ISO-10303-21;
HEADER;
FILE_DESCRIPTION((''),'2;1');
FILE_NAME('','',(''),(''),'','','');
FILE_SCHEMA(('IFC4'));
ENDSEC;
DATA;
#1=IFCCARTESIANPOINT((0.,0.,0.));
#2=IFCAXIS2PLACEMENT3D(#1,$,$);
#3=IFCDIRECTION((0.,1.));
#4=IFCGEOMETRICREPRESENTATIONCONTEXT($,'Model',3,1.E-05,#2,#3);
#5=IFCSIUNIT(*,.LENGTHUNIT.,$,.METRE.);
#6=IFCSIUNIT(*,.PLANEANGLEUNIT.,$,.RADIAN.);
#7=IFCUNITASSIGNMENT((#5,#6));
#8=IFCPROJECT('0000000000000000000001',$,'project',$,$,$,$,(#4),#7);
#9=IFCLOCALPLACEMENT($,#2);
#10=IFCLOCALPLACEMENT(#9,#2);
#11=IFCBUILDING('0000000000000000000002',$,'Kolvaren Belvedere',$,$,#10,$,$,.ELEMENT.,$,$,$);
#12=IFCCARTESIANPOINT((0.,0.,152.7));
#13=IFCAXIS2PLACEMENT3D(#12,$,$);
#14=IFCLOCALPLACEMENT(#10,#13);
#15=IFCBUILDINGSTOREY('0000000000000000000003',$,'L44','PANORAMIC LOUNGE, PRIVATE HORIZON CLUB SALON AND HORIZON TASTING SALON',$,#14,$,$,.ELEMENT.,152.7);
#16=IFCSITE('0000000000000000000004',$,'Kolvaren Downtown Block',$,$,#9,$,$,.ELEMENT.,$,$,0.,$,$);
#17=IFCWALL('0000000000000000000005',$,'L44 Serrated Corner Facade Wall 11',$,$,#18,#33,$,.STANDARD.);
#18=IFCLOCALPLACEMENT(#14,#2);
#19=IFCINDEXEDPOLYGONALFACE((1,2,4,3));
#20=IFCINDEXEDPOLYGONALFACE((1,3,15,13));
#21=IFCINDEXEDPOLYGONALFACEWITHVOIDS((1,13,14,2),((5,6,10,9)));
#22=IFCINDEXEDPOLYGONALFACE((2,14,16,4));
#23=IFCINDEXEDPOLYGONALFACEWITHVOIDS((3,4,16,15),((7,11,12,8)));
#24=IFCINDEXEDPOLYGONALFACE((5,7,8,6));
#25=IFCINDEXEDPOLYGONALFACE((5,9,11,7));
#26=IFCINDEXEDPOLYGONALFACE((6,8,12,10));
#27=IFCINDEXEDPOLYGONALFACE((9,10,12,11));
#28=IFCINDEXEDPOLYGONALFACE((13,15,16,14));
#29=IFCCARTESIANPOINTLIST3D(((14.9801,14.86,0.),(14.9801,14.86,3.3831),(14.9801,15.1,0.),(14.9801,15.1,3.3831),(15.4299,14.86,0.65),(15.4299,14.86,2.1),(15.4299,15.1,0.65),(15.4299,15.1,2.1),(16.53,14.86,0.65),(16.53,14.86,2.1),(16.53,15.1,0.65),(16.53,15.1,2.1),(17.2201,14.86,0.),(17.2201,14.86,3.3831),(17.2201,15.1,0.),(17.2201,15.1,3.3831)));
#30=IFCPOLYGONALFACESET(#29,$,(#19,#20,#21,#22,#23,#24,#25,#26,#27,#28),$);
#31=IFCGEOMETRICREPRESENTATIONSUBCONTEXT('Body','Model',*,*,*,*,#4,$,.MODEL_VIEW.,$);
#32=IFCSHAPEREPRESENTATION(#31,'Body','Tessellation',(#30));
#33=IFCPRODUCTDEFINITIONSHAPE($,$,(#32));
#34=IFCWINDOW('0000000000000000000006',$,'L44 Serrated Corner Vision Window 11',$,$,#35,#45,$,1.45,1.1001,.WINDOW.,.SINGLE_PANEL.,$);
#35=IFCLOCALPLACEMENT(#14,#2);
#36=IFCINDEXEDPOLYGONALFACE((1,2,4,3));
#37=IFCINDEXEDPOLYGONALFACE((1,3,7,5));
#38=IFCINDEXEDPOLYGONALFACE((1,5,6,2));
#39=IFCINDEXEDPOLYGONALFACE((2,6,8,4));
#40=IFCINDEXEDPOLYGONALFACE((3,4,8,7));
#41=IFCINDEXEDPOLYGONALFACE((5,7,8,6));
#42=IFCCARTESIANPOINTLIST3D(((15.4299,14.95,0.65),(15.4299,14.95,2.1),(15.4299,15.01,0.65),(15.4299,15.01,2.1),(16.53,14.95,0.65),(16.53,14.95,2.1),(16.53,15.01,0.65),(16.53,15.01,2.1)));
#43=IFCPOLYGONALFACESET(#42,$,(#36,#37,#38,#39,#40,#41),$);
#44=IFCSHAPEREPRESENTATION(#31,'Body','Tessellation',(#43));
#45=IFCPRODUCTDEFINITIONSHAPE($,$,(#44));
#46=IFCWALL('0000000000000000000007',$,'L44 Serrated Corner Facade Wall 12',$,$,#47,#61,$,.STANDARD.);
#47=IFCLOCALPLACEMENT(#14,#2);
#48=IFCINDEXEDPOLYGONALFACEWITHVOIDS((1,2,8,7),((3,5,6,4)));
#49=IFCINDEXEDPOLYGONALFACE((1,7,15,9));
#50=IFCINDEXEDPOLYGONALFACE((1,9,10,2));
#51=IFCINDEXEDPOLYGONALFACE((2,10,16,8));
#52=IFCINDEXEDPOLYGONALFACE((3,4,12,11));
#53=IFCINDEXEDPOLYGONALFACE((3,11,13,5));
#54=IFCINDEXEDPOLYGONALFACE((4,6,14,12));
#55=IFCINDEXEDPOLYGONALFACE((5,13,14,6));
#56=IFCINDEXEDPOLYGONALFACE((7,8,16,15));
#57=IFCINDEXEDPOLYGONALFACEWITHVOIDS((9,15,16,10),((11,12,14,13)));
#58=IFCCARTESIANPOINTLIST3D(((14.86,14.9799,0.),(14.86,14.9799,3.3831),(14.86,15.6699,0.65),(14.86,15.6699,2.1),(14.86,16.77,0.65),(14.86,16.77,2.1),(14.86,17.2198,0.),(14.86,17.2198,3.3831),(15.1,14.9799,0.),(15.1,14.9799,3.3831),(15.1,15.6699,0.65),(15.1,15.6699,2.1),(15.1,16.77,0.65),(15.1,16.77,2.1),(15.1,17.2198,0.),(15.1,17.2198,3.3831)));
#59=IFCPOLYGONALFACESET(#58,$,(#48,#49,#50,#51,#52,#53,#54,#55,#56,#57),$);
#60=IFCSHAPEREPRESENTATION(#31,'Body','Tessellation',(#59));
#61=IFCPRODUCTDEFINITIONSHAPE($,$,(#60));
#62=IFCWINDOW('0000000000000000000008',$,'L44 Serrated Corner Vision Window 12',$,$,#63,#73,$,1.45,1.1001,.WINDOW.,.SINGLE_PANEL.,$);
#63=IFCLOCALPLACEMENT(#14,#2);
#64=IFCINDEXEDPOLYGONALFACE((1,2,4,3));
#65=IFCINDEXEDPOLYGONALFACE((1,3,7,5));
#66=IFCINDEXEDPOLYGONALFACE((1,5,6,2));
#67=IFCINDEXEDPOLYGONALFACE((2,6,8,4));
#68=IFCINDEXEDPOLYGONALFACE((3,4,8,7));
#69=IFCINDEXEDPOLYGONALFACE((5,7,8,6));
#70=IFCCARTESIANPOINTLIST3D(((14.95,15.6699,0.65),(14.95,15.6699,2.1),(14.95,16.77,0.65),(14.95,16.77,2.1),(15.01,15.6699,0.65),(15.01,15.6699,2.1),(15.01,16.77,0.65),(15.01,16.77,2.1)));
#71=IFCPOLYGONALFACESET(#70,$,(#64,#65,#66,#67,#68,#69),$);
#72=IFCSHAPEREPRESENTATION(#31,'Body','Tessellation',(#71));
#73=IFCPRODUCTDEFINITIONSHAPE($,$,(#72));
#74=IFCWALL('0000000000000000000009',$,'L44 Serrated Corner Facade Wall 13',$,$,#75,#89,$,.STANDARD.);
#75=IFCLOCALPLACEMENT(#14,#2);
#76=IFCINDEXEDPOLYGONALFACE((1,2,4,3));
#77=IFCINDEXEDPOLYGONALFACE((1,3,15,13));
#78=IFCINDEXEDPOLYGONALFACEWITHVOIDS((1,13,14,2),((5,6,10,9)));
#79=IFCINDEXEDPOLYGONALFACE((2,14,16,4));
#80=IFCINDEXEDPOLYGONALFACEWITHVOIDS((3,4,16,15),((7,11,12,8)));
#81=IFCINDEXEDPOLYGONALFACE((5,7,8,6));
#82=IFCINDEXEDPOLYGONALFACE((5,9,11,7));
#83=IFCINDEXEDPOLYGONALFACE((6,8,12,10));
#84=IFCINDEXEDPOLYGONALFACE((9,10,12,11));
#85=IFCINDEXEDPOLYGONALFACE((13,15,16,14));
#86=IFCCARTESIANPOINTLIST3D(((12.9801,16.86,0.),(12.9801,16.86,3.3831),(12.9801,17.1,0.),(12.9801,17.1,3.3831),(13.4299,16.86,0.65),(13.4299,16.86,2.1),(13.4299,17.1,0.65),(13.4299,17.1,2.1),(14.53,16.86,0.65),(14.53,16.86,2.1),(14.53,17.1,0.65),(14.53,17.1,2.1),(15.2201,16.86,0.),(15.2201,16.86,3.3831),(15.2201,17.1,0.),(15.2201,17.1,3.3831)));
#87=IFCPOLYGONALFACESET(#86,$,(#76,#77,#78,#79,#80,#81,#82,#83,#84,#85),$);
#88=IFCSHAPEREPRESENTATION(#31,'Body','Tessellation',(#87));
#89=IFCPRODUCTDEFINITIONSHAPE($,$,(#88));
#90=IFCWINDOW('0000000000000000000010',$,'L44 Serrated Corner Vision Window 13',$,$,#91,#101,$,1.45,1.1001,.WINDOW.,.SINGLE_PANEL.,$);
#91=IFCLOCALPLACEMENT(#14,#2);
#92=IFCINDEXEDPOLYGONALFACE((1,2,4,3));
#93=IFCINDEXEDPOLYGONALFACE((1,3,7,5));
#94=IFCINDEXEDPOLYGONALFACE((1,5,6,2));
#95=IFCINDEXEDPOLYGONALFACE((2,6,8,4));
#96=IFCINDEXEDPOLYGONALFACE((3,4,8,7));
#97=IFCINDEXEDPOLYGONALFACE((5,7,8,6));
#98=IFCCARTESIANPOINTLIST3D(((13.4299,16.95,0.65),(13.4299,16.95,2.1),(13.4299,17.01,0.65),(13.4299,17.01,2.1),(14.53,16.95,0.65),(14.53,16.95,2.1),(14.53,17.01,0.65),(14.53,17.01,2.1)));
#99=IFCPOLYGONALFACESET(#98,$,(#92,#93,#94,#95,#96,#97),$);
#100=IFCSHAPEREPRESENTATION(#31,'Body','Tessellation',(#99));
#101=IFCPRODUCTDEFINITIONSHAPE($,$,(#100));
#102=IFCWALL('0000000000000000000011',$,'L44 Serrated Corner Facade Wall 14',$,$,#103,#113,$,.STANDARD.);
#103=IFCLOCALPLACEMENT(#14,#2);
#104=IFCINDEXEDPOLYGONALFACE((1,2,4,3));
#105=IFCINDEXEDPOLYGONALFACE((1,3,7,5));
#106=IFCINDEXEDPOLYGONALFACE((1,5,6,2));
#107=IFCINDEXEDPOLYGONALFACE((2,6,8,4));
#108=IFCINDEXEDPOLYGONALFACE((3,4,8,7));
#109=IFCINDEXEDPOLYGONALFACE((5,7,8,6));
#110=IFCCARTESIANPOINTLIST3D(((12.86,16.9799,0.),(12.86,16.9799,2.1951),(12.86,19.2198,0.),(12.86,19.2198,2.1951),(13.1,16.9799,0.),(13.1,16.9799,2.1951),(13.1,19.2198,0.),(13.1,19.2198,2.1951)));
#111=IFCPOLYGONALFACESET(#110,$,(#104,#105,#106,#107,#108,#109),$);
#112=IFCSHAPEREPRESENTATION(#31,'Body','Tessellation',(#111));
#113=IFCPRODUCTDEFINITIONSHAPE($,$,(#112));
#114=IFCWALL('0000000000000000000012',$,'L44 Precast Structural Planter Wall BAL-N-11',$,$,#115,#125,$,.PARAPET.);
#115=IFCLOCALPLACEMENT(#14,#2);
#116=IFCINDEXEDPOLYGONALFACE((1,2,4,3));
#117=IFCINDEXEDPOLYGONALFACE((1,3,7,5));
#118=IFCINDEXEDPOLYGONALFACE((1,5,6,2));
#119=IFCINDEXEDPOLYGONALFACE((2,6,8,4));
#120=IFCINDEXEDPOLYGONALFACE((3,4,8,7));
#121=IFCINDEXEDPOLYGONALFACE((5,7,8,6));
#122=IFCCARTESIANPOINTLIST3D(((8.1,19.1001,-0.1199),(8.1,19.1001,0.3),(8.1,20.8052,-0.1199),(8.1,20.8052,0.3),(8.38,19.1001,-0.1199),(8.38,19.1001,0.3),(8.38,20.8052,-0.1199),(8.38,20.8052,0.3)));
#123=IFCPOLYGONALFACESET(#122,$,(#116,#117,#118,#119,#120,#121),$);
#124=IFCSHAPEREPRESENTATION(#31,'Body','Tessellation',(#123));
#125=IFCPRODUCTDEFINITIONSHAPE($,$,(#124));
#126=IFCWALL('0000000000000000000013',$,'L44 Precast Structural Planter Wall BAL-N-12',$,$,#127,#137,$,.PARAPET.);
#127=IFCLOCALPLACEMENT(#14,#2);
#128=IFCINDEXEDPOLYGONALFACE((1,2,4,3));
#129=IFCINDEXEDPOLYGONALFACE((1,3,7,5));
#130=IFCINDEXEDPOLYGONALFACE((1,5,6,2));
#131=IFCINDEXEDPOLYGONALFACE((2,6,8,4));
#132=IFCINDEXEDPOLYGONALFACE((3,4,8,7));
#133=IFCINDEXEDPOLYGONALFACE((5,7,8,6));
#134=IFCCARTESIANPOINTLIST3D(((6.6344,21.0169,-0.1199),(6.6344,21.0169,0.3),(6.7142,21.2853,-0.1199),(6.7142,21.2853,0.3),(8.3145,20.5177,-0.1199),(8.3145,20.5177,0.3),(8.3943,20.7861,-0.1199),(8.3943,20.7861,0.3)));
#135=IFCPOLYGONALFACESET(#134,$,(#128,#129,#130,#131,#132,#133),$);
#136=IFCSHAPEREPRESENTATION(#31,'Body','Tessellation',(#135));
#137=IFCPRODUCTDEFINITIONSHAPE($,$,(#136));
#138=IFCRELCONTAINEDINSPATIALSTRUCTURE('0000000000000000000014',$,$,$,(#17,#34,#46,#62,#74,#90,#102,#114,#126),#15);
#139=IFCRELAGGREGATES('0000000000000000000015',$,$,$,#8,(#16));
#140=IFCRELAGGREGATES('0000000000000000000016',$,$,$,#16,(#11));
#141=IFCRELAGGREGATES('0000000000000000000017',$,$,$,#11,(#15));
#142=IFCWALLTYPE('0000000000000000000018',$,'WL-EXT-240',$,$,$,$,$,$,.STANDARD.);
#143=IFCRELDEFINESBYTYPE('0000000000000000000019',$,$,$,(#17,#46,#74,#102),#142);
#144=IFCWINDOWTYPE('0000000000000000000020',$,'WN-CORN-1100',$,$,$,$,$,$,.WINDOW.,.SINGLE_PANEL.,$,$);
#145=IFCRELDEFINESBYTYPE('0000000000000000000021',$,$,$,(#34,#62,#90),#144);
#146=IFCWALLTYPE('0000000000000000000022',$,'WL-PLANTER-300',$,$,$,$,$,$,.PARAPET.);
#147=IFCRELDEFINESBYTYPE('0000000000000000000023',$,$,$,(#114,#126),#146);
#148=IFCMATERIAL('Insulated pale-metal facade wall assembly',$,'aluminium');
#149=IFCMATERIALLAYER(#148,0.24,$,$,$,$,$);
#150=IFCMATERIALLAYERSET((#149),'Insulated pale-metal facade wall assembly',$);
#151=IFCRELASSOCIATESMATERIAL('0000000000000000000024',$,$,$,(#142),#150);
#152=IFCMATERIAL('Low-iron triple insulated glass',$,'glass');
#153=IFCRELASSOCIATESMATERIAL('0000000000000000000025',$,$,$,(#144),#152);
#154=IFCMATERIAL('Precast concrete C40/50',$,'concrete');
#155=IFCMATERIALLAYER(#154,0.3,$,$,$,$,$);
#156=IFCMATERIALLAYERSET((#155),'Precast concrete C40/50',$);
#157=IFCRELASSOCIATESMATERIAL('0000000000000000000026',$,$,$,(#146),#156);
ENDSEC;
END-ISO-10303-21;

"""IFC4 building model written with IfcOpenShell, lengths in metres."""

from ifc_helpers import new_model, si_unit, direction, frame, frame_2d, origin, place, context, subcontext, project, spatial, rectangle, extrude, material, layer, layer_set, type_object, element, fill, save


model = new_model("IFC4")

# Units and contexts
model_context = context("Model", 3, precision=1e-05, world=origin(), true_north=direction((0.0, 1.0)))
body_context = subcontext(model_context, "Body", "Model", "MODEL_VIEW")
ifc_project = project(units=[si_unit("LENGTHUNIT", "METRE"), si_unit("PLANEANGLEUNIT", "RADIAN")], contexts=[model_context])

# Site, building, storey
site_placement = place(None, origin())
site = spatial("IfcSite", under=ifc_project, at=site_placement, Name="Kolvaren Downtown Block", CompositionType="ELEMENT", RefElevation=0.0)
building_placement = place(site_placement, origin())
building = spatial("IfcBuilding", under=site, at=building_placement, Name="Kolvaren Belvedere", CompositionType="ELEMENT")
storey_placement = place(building_placement, frame((0.0, 0.0, 152.7)))
storey = spatial("IfcBuildingStorey", under=building, at=storey_placement, Name="L44", Description="PANORAMIC LOUNGE, PRIVATE HORIZON CLUB SALON AND HORIZON TASTING SALON", CompositionType="ELEMENT", Elevation=152.7)

# Shared definitions
ifc_material_1 = material(Name="Insulated pale-metal facade wall assembly", Category="aluminium")
ifc_layer_1 = layer(ifc_material_1, 0.24)
ifc_layer_set_1 = layer_set([ifc_layer_1], Name="Insulated pale-metal facade wall assembly")
wall_type_1 = type_object("IfcWallType", Name="WL-EXT-240", PredefinedType="STANDARD", material=ifc_layer_set_1)

# Walls, openings, windows
ifc_material_2 = material(Name="Low-iron triple insulated glass", Category="glass")
window_type = type_object("IfcWindowType", Name="WN-CORN-1100", PartitioningType="SINGLE_PANEL", PredefinedType="WINDOW", material=ifc_material_2)
wall_1_placement = place(storey_placement, frame((14.98, 14.98, 0.0), z_axis=(0.0, 0.0, 1.0), x_axis=(1.0, 0.0, 0.0)))
wall_1 = element("IfcWall", 1, at=wall_1_placement, inside=storey, type_object=wall_type_1, Name="L44 Serrated Corner Facade Wall 11", PredefinedType="STANDARD", context=body_context, shape_type="SweptSolid", body=[
    extrude(rectangle(XDim=2.24, YDim=0.24, at=frame_2d((1.1201, 0.0))), origin(), (0.0, 0.0, 1.0), 3.3831),
])
opening_1_placement = place(wall_1_placement, frame((0.45, 0.0, 0.6499)))
opening_1 = element("IfcOpeningElement", 2, at=opening_1_placement, cuts=wall_1, PredefinedType="OPENING", context=body_context, shape_type="SweptSolid", body=[
    extrude(rectangle(XDim=1.1001, YDim=1.45, at=frame_2d((0.55, 0.7251))), frame((0.0, 0.1299, 0.0), z_axis=(0.0, -1.0, 0.0), x_axis=(1.0, 0.0, 0.0)), (0.0, 0.0, 1.0), 0.26),
])
window_1_placement = place(opening_1_placement, origin())
window_1 = element("IfcWindow", 3, at=window_1_placement, inside=storey, type_object=window_type, Name="L44 Serrated Corner Vision Window 11", OverallHeight=1.45, OverallWidth=1.1001, PartitioningType="SINGLE_PANEL", PredefinedType="WINDOW", context=body_context, shape_type="SweptSolid", body=[
    extrude(rectangle(XDim=1.1001, YDim=1.45, at=frame_2d((0.55, 0.7251))), frame((0.0, 0.03, 0.0), z_axis=(0.0, -1.0, 0.0), x_axis=(1.0, 0.0, 0.0)), (0.0, 0.0, 1.0), 0.0601),
])
fill(opening_1, window_1)
wall_2_placement = place(storey_placement, frame((14.98, 17.22, 0.0), z_axis=(0.0, 0.0, 1.0), x_axis=(0.0, -1.0, 0.0)))
wall_2 = element("IfcWall", 4, at=wall_2_placement, inside=storey, type_object=wall_type_1, Name="L44 Serrated Corner Facade Wall 12", PredefinedType="STANDARD", context=body_context, shape_type="SweptSolid", body=[
    extrude(rectangle(XDim=2.24, YDim=0.24, at=frame_2d((1.1201, 0.0))), origin(), (0.0, 0.0, 1.0), 3.3831),
])
opening_2_placement = place(wall_2_placement, frame((0.45, 0.0, 0.6499)))
opening_2 = element("IfcOpeningElement", 5, at=opening_2_placement, cuts=wall_2, PredefinedType="OPENING", context=body_context, shape_type="SweptSolid", body=[
    extrude(rectangle(XDim=1.1001, YDim=1.45, at=frame_2d((0.55, 0.7251))), frame((0.0, 0.1299, 0.0), z_axis=(0.0, -1.0, 0.0), x_axis=(1.0, 0.0, 0.0)), (0.0, 0.0, 1.0), 0.26),
])
window_2_placement = place(opening_2_placement, origin())
window_2 = element("IfcWindow", 6, at=window_2_placement, inside=storey, type_object=window_type, Name="L44 Serrated Corner Vision Window 12", OverallHeight=1.45, OverallWidth=1.1001, PartitioningType="SINGLE_PANEL", PredefinedType="WINDOW", context=body_context, shape_type="SweptSolid", body=[
    extrude(rectangle(XDim=1.1001, YDim=1.45, at=frame_2d((0.55, 0.7251))), frame((0.0, 0.03, 0.0), z_axis=(0.0, -1.0, 0.0), x_axis=(1.0, 0.0, 0.0)), (0.0, 0.0, 1.0), 0.0601),
])
fill(opening_2, window_2)
wall_3_placement = place(storey_placement, frame((12.98, 16.98, 0.0), z_axis=(0.0, 0.0, 1.0), x_axis=(1.0, 0.0, 0.0)))
wall_3 = element("IfcWall", 7, at=wall_3_placement, inside=storey, type_object=wall_type_1, Name="L44 Serrated Corner Facade Wall 13", PredefinedType="STANDARD", context=body_context, shape_type="SweptSolid", body=[
    extrude(rectangle(XDim=2.24, YDim=0.24, at=frame_2d((1.1201, 0.0))), origin(), (0.0, 0.0, 1.0), 3.3831),
])
opening_3_placement = place(wall_3_placement, frame((0.45, 0.0, 0.6499)))
opening_3 = element("IfcOpeningElement", 8, at=opening_3_placement, cuts=wall_3, PredefinedType="OPENING", context=body_context, shape_type="SweptSolid", body=[
    extrude(rectangle(XDim=1.1001, YDim=1.45, at=frame_2d((0.55, 0.7251))), frame((0.0, 0.1299, 0.0), z_axis=(0.0, -1.0, 0.0), x_axis=(1.0, 0.0, 0.0)), (0.0, 0.0, 1.0), 0.26),
])
window_3_placement = place(opening_3_placement, origin())
window_3 = element("IfcWindow", 9, at=window_3_placement, inside=storey, type_object=window_type, Name="L44 Serrated Corner Vision Window 13", OverallHeight=1.45, OverallWidth=1.1001, PartitioningType="SINGLE_PANEL", PredefinedType="WINDOW", context=body_context, shape_type="SweptSolid", body=[
    extrude(rectangle(XDim=1.1001, YDim=1.45, at=frame_2d((0.55, 0.7251))), frame((0.0, 0.03, 0.0), z_axis=(0.0, -1.0, 0.0), x_axis=(1.0, 0.0, 0.0)), (0.0, 0.0, 1.0), 0.0601),
])
fill(opening_3, window_3)

# Walls
wall_4_placement = place(storey_placement, frame((12.98, 19.22, 0.0), z_axis=(0.0, 0.0, 1.0), x_axis=(0.0, -1.0, 0.0)))
element("IfcWall", 10, at=wall_4_placement, inside=storey, type_object=wall_type_1, Name="L44 Serrated Corner Facade Wall 14", PredefinedType="STANDARD", context=body_context, shape_type="SweptSolid", body=[
    extrude(rectangle(XDim=2.24, YDim=0.24, at=frame_2d((1.1201, 0.0))), origin(), (0.0, 0.0, 1.0), 2.1951),
])
ifc_material_3 = material(Name="Precast concrete C40/50", Category="concrete")
ifc_layer_2 = layer(ifc_material_3, 0.3)
ifc_layer_set_2 = layer_set([ifc_layer_2], Name="Precast concrete C40/50")
wall_type_2 = type_object("IfcWallType", Name="WL-PLANTER-300", PredefinedType="PARAPET", material=ifc_layer_set_2)
wall_5_placement = place(storey_placement, frame((8.24, 19.1001, -0.1199), z_axis=(0.0, 0.0, 1.0), x_axis=(0.0, 1.0, 0.0)))
element("IfcWall", 11, at=wall_5_placement, inside=storey, type_object=wall_type_2, Name="L44 Precast Structural Planter Wall BAL-N-11", PredefinedType="PARAPET", context=body_context, shape_type="SweptSolid", body=[
    extrude(rectangle(XDim=1.7051, YDim=0.28, at=frame_2d((0.8525, 0.0))), origin(), (0.0, 0.0, 1.0), 0.4199),
])
wall_6_placement = place(storey_placement, frame((8.3545, 20.6519, -0.1199), z_axis=(0.0, 0.0, 1.0), x_axis=(-0.958574, 0.284842, 0.0)))
element("IfcWall", 12, at=wall_6_placement, inside=storey, type_object=wall_type_2, Name="L44 Precast Structural Planter Wall BAL-N-12", PredefinedType="PARAPET", context=body_context, shape_type="SweptSolid", body=[
    extrude(rectangle(XDim=1.7527, YDim=0.28, at=frame_2d((0.8765, 0.0))), origin(), (0.0, 0.0, 1.0), 0.4199),
])

save(model, "model.ifc")
